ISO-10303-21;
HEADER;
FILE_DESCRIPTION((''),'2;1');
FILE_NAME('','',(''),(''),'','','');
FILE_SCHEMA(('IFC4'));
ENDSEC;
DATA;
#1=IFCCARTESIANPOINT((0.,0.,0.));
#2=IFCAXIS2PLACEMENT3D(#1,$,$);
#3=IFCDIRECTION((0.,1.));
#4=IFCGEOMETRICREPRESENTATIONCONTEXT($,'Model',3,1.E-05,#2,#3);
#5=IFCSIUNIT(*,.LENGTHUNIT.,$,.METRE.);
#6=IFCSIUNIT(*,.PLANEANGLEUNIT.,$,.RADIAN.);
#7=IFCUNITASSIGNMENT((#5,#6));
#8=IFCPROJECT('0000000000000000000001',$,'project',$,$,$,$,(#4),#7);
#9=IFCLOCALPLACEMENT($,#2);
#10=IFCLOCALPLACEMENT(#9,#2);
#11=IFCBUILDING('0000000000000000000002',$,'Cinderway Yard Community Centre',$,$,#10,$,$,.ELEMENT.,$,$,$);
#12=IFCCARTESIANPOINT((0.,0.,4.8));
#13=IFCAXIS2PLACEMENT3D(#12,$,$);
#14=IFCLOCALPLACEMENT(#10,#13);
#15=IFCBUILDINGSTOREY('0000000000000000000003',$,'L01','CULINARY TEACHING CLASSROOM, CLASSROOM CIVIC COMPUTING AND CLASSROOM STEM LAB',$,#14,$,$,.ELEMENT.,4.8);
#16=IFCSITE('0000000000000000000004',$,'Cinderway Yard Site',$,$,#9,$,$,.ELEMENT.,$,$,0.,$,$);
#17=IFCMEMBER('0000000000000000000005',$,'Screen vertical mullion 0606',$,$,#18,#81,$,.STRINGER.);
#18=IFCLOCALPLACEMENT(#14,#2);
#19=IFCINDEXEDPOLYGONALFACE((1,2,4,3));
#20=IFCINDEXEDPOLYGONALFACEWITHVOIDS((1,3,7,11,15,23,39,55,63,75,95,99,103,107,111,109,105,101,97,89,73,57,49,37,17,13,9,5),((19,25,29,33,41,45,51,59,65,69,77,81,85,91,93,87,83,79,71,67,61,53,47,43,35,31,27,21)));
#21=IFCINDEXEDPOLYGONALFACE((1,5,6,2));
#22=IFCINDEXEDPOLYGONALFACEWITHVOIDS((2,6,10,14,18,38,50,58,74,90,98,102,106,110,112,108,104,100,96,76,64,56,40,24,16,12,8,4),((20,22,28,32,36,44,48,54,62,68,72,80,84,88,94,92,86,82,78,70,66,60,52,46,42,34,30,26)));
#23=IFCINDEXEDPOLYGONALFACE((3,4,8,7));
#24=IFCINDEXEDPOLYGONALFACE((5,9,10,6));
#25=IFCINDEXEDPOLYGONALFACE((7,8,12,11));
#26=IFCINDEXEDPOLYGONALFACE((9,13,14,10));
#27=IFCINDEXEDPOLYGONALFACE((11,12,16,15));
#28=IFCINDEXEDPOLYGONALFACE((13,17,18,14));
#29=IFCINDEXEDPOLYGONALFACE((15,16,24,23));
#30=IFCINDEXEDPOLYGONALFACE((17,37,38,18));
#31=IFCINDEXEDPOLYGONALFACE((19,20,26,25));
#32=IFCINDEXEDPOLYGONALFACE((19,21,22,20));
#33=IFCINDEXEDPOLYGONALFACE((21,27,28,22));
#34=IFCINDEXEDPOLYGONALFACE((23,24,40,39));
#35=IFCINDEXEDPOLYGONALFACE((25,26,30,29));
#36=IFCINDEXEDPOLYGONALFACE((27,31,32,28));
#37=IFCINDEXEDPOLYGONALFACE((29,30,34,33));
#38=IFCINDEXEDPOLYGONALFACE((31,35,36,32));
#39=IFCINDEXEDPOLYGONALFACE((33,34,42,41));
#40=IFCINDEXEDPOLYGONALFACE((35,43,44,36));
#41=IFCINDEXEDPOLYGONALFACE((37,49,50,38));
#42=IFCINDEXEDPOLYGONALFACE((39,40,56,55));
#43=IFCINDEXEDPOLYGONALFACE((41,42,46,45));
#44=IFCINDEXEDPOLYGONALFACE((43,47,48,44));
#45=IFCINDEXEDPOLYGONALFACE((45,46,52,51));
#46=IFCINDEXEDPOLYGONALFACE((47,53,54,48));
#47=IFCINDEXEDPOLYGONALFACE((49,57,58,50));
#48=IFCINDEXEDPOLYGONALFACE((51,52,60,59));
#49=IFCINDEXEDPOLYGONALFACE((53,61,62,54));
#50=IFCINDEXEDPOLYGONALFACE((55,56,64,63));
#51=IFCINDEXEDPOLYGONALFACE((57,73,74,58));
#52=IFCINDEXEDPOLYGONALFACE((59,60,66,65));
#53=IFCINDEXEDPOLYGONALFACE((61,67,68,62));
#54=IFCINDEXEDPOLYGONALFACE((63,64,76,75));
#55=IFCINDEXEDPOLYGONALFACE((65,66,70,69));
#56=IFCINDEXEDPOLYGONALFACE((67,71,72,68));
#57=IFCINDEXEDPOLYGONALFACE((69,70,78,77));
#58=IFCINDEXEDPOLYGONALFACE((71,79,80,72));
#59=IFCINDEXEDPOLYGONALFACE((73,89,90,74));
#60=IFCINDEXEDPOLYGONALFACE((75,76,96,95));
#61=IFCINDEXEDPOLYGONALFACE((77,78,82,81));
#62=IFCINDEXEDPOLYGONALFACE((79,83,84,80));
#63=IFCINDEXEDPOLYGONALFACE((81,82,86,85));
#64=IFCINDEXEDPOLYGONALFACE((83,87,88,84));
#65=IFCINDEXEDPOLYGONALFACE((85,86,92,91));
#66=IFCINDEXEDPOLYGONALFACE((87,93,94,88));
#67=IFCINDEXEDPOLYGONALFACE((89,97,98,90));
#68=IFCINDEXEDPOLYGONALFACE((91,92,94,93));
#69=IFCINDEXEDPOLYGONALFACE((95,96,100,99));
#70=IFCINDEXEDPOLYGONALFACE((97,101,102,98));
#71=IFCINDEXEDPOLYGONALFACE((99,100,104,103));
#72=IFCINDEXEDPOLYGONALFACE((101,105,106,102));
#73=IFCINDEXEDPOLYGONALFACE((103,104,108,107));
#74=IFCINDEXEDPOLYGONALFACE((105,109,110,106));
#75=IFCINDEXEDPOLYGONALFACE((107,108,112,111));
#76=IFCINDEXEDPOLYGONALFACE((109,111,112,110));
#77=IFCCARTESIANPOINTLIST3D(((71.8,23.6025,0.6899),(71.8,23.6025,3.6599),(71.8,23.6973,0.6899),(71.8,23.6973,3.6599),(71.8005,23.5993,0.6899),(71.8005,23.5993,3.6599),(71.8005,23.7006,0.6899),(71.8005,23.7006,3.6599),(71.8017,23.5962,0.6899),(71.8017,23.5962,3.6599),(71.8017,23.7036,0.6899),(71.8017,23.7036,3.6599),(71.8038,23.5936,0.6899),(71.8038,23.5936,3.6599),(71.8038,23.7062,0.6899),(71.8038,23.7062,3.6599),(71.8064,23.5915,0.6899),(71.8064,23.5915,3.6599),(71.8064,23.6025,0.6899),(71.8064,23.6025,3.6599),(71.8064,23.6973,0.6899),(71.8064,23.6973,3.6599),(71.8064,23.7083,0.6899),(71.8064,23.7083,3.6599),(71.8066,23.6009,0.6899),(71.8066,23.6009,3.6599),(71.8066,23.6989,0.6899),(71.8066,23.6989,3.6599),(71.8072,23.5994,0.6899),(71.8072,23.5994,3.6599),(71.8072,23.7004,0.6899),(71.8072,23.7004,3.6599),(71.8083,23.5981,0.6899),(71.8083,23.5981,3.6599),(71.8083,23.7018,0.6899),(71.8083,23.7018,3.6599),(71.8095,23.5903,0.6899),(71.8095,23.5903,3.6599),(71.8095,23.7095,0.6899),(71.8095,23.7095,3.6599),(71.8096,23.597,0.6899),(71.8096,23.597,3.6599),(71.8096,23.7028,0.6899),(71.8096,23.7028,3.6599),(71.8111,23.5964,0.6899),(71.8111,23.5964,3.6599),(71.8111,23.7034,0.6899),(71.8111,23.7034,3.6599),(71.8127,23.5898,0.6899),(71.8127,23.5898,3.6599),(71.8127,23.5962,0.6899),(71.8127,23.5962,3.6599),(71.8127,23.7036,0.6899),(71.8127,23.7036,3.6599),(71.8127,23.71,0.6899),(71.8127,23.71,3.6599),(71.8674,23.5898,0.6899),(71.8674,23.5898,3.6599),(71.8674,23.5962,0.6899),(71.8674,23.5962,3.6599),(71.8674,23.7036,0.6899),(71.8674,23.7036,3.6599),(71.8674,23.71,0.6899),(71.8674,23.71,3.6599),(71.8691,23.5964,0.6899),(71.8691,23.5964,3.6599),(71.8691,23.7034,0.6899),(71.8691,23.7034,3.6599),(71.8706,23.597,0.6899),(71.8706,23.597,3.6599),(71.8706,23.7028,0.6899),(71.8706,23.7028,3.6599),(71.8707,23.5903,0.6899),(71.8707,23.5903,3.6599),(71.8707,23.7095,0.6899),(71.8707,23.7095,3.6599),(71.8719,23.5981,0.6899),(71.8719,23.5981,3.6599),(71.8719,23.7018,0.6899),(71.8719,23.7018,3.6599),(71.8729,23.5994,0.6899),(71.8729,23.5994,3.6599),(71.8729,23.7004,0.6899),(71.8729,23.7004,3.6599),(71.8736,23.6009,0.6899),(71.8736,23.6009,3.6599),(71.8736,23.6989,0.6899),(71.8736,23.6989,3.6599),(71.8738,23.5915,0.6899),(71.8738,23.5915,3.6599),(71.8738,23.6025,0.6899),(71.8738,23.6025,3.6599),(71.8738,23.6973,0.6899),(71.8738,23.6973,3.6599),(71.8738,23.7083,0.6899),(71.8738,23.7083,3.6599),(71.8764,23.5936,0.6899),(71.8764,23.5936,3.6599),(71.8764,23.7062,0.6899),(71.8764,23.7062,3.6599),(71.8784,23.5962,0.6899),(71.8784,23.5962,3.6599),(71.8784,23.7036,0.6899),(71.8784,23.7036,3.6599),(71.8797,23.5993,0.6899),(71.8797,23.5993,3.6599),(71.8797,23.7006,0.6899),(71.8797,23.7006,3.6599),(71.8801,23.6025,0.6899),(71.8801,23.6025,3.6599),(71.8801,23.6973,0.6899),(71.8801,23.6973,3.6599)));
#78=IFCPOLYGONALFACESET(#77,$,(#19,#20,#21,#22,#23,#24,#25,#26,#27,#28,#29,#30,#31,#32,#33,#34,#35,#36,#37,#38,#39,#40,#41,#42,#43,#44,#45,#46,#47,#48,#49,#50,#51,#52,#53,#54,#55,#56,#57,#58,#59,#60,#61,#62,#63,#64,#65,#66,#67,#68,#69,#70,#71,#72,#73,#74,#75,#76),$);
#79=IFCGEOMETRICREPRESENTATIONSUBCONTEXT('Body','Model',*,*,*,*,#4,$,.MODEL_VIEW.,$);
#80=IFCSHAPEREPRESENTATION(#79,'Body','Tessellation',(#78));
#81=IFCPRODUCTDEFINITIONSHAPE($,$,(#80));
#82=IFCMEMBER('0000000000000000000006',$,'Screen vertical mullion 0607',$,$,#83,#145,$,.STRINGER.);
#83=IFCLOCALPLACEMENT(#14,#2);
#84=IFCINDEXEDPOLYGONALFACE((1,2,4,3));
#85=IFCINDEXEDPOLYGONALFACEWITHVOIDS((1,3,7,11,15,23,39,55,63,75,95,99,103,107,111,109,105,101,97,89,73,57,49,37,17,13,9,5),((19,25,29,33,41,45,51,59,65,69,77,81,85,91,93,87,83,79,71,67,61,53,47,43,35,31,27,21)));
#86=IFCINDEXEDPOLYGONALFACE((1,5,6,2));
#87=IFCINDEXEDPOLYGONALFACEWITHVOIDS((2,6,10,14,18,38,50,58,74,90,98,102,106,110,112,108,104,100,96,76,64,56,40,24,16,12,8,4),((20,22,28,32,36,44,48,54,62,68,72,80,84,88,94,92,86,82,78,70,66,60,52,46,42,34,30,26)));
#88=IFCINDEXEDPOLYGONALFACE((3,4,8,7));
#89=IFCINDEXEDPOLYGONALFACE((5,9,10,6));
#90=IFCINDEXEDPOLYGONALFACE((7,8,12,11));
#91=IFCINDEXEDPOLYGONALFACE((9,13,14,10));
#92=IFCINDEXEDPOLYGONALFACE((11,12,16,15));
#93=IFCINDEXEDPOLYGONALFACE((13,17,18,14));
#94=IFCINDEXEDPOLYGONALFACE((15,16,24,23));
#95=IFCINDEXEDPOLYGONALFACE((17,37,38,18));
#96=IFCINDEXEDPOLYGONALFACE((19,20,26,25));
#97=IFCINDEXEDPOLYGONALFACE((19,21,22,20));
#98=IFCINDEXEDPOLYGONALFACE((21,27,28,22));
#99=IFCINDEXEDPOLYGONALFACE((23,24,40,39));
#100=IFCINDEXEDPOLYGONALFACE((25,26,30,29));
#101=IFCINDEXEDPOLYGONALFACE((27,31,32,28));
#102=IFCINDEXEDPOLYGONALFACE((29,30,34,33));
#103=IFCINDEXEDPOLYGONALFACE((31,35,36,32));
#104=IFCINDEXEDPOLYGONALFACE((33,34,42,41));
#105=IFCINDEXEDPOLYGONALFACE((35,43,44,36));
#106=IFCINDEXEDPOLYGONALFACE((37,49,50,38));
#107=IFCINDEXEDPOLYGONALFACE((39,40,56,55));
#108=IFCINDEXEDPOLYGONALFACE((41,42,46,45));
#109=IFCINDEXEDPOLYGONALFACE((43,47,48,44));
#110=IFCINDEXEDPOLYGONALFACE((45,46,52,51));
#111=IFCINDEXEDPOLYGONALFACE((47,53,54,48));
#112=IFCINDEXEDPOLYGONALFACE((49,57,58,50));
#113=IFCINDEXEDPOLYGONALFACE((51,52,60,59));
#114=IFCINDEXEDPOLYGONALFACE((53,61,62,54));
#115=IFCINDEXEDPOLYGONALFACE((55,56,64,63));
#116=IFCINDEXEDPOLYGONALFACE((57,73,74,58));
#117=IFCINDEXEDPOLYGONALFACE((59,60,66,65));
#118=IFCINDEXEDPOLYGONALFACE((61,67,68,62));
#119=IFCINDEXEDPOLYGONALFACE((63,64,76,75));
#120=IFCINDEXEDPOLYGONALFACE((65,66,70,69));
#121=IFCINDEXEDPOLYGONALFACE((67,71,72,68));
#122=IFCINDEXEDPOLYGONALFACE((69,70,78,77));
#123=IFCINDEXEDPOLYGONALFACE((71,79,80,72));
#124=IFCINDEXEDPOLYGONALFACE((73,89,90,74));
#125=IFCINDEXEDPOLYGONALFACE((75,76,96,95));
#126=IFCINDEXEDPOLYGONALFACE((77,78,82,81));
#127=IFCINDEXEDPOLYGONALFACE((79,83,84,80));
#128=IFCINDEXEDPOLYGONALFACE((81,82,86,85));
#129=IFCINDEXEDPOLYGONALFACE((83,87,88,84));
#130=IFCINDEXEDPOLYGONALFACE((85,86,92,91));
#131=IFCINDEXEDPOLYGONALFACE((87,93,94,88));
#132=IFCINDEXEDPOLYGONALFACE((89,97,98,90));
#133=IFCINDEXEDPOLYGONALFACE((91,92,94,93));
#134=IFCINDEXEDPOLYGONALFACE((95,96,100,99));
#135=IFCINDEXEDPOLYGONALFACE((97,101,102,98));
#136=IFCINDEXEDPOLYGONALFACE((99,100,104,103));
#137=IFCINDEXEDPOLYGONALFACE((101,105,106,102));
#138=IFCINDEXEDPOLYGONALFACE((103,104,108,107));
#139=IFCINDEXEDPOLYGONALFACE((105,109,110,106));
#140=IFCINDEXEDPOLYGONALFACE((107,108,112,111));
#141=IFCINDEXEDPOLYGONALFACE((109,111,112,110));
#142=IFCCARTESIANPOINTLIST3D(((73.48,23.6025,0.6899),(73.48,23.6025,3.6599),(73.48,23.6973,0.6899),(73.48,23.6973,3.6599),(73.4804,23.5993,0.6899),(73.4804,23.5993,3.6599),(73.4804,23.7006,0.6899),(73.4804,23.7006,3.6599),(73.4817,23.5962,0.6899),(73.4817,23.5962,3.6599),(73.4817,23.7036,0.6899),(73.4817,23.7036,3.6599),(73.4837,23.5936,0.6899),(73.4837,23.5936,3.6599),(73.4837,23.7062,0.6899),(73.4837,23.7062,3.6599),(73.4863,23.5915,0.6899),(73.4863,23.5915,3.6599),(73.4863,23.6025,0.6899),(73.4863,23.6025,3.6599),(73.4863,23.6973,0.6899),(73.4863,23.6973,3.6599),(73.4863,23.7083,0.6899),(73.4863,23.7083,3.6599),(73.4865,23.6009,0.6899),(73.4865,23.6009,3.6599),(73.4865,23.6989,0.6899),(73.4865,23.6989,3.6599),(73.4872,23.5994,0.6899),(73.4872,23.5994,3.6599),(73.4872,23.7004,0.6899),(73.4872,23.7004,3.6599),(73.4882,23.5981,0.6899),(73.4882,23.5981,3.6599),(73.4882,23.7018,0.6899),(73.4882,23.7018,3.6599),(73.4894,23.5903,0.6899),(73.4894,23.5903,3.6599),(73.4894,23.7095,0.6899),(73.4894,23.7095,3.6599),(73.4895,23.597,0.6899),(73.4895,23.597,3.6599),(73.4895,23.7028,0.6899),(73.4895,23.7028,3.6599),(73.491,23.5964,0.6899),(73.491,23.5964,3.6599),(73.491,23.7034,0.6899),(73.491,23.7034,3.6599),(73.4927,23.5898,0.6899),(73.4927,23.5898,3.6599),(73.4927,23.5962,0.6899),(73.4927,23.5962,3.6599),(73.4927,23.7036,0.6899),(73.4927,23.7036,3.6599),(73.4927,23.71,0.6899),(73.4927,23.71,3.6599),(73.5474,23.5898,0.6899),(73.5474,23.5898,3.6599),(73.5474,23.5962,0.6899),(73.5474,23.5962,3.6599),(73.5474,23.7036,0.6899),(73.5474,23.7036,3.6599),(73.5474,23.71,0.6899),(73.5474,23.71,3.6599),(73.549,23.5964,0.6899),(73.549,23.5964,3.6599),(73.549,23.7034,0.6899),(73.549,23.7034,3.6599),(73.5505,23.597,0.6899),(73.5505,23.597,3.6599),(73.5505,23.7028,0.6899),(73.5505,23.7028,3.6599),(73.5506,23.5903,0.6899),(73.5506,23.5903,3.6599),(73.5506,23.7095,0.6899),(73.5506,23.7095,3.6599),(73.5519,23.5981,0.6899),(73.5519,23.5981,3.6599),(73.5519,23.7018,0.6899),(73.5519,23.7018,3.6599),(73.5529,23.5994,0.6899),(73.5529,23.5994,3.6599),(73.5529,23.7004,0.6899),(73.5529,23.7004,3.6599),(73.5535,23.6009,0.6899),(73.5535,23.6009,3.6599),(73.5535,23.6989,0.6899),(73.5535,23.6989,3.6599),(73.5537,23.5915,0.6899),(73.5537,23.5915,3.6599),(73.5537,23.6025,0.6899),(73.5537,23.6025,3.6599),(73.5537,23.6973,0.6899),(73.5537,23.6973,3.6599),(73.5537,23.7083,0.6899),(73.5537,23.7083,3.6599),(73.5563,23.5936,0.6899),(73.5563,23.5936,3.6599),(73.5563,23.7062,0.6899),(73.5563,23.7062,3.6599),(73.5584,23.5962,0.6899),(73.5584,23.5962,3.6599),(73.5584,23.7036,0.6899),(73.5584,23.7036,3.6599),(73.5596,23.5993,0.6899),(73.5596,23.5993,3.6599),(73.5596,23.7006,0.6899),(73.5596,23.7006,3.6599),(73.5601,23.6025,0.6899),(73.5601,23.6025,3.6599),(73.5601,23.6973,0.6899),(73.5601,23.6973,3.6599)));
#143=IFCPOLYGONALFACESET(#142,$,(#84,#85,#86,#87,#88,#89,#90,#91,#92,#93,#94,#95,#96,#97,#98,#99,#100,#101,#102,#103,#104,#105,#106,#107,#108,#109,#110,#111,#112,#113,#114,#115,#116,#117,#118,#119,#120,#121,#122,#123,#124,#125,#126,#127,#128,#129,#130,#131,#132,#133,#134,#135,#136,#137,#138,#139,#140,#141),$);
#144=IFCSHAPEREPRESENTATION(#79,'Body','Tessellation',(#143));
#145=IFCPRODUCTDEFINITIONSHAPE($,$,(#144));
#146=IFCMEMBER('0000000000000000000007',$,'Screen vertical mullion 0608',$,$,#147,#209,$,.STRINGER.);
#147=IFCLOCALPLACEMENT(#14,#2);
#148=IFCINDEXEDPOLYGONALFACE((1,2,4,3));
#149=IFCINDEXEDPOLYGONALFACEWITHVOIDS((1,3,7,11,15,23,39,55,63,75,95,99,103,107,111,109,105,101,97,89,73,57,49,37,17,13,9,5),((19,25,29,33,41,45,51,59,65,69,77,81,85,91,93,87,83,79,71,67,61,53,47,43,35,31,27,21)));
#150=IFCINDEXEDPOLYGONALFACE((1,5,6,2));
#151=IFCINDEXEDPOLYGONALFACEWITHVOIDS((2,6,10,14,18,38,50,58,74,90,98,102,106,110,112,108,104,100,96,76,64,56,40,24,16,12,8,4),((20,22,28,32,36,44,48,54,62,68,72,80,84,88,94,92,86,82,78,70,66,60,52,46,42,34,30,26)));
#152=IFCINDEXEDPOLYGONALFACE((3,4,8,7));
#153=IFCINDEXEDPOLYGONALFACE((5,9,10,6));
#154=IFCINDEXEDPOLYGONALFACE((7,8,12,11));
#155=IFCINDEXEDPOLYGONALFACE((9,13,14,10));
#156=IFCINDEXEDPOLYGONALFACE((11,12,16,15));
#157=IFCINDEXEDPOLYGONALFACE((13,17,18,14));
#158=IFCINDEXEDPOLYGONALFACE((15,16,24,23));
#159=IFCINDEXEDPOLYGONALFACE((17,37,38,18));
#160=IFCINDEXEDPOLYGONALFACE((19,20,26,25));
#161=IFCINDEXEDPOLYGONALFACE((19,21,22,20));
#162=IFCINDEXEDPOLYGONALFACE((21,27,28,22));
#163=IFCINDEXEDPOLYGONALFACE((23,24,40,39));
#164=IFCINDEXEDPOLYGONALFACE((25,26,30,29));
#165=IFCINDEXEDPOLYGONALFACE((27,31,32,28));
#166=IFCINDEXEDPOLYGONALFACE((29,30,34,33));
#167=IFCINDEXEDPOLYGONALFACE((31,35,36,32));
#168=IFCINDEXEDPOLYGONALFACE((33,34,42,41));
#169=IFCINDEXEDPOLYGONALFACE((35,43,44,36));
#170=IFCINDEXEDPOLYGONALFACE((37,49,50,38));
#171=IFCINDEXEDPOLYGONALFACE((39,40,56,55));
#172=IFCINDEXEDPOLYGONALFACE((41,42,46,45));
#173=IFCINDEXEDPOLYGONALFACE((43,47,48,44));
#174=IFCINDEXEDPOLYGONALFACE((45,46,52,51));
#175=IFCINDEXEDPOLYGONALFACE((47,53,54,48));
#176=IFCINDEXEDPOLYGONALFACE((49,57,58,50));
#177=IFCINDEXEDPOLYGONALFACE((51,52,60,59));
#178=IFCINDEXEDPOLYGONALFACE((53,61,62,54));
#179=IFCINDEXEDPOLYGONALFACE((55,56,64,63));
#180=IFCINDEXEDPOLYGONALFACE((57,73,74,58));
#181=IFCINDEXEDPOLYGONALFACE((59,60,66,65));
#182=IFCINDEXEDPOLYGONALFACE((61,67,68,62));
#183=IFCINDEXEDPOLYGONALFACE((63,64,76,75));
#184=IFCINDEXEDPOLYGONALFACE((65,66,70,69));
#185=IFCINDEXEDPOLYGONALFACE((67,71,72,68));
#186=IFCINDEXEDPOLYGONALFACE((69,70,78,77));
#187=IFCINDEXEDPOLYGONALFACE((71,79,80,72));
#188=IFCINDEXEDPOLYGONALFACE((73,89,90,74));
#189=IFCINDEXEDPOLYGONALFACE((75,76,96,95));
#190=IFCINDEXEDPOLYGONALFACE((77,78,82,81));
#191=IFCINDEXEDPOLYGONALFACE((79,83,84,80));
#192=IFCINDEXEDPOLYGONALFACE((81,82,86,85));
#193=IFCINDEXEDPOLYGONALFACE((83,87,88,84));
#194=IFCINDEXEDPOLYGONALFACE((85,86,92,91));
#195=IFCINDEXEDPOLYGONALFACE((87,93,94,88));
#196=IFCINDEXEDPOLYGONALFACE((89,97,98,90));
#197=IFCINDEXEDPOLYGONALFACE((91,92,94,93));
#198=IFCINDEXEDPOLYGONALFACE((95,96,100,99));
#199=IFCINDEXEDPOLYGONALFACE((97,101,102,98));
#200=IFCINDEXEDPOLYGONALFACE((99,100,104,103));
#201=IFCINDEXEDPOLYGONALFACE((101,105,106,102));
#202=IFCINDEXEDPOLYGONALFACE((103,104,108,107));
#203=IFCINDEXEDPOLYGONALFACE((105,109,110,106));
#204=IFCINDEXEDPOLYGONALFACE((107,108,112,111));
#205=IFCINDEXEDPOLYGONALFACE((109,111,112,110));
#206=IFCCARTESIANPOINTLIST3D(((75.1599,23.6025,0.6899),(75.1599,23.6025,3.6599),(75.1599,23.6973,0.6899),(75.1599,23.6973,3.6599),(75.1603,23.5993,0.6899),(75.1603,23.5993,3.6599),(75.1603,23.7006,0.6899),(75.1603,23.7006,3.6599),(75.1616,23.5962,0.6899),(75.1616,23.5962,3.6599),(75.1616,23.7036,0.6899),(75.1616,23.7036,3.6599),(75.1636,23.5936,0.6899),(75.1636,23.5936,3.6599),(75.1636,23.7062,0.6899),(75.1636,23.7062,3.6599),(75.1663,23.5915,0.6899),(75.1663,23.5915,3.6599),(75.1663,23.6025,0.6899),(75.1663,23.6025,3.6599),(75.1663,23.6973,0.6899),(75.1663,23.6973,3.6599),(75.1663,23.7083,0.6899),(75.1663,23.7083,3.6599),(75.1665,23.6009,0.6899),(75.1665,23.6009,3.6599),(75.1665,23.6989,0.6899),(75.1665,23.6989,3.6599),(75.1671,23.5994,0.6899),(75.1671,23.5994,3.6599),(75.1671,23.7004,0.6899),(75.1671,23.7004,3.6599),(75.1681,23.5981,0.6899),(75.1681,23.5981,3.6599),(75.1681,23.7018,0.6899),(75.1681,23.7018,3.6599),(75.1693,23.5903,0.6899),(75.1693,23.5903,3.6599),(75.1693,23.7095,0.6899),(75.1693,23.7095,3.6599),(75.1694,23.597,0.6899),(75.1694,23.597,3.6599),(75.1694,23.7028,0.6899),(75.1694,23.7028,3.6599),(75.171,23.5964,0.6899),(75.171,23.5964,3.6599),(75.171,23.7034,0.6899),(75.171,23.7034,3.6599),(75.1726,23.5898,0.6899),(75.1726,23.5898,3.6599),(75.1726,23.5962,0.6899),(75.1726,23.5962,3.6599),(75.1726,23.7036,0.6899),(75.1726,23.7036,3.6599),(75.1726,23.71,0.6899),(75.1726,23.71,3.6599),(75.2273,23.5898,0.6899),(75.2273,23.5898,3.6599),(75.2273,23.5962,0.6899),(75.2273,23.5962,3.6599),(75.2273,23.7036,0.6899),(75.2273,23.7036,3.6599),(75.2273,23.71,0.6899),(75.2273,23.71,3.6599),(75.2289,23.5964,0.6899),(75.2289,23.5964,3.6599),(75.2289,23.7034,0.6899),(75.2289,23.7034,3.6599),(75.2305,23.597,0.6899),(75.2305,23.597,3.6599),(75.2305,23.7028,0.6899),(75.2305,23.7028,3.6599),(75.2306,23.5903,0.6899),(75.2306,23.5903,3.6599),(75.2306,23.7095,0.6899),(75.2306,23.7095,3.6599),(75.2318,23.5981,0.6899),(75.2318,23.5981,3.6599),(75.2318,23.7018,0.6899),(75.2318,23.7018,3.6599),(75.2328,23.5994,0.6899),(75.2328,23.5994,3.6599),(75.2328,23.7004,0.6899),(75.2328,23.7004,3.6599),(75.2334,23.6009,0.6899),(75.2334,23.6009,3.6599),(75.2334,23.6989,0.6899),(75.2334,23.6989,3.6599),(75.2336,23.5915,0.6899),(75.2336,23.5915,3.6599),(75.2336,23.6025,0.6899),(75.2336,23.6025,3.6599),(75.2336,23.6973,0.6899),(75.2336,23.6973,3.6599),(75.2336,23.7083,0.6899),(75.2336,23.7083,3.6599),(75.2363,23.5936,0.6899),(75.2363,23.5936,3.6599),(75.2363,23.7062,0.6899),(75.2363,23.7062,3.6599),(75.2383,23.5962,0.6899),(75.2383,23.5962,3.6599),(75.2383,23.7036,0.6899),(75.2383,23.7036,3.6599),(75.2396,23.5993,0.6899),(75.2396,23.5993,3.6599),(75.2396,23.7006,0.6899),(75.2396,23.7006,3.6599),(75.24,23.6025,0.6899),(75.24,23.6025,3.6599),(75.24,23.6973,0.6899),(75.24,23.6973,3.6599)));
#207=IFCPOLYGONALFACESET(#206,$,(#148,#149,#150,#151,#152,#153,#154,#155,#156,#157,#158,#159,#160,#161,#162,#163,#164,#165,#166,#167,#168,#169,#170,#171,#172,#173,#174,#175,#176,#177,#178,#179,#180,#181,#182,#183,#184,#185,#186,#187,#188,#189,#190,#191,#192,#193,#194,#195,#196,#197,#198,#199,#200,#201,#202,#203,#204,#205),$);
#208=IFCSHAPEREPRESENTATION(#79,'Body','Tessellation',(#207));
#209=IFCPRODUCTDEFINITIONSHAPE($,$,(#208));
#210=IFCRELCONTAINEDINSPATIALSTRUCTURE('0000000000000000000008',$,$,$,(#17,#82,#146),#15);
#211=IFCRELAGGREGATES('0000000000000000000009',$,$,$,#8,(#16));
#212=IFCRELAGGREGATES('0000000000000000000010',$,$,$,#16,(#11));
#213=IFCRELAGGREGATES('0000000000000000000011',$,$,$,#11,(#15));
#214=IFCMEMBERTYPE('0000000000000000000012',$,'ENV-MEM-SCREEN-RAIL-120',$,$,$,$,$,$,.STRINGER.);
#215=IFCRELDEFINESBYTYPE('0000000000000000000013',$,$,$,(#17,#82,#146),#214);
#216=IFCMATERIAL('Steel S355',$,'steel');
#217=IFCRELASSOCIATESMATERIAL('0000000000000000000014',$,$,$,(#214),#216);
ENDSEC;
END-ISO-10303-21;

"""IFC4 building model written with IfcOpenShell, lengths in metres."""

from ifc_helpers import new_model, si_unit, direction, frame, origin, origin_2d, place, context, subcontext, project, spatial, hollow_rectangle, extrude, material, material_profile, profile_set, type_object, element, save


model = new_model("IFC4")

# Units and contexts
model_context = context("Model", 3, precision=1e-05, world=origin(), true_north=direction((0.0, 1.0)))
body_context = subcontext(model_context, "Body", "Model", "MODEL_VIEW")
ifc_project = project(units=[si_unit("LENGTHUNIT", "METRE"), si_unit("PLANEANGLEUNIT", "RADIAN")], contexts=[model_context])

# Site, building, storey
site_placement = place(None, origin())
site = spatial("IfcSite", under=ifc_project, at=site_placement, Name="Cinderway Yard Site", CompositionType="ELEMENT", RefElevation=0.0)
building_placement = place(site_placement, origin())
building = spatial("IfcBuilding", under=site, at=building_placement, Name="Cinderway Yard Community Centre", CompositionType="ELEMENT")
storey_placement = place(building_placement, frame((0.0, 0.0, 4.8)))
storey = spatial("IfcBuildingStorey", under=building, at=storey_placement, Name="L01", Description="CULINARY TEACHING CLASSROOM, CLASSROOM CIVIC COMPUTING AND CLASSROOM STEM LAB", CompositionType="ELEMENT", Elevation=4.8)

# Members
ifc_material_1 = material(Name="Steel S355", Category="steel")
ifc_material_profile_1 = material_profile(ifc_material_1, hollow_rectangle(XDim=0.0801, YDim=0.1201, WallThickness=0.0063, InnerFilletRadius=0.0063, OuterFilletRadius=0.0127, at=origin_2d()), Name="Steel S355")
ifc_profile_set_1 = profile_set([ifc_material_profile_1], Name="Steel S355")
member_type_1 = type_object("IfcMemberType", Name="ENV-MEM-SCREEN-RAIL-120", PredefinedType="STRINGER", material=ifc_profile_set_1)
for number, where, z_axis, x_axis, name in (
    (1, (71.8401, 23.6499, 0.6899), (0.0, 0.0, 1.0), (1.0, 0.0, 0.0), "Screen vertical mullion 0606"),
    (2, (73.52, 23.6499, 0.6899), (0.0, 0.0, 1.0), (1.0, 0.0, 0.0), "Screen vertical mullion 0607"),
    (3, (75.2, 23.6499, 0.6899), (0.0, 0.0, 1.0), (1.0, 0.0, 0.0), "Screen vertical mullion 0608"),
):
    element("IfcMember", number, at=place(storey_placement, frame(where, z_axis=z_axis, x_axis=x_axis)), inside=storey, type_object=member_type_1, Name=name, PredefinedType="STRINGER", context=body_context, shape_type="SweptSolid", body=[
        extrude(hollow_rectangle(XDim=0.0801, YDim=0.1201, WallThickness=0.0063, InnerFilletRadius=0.0063, OuterFilletRadius=0.0127, at=origin_2d()), origin(), (0.0, 0.0, 1.0), 2.97),
    ])

save(model, "model.ifc")
